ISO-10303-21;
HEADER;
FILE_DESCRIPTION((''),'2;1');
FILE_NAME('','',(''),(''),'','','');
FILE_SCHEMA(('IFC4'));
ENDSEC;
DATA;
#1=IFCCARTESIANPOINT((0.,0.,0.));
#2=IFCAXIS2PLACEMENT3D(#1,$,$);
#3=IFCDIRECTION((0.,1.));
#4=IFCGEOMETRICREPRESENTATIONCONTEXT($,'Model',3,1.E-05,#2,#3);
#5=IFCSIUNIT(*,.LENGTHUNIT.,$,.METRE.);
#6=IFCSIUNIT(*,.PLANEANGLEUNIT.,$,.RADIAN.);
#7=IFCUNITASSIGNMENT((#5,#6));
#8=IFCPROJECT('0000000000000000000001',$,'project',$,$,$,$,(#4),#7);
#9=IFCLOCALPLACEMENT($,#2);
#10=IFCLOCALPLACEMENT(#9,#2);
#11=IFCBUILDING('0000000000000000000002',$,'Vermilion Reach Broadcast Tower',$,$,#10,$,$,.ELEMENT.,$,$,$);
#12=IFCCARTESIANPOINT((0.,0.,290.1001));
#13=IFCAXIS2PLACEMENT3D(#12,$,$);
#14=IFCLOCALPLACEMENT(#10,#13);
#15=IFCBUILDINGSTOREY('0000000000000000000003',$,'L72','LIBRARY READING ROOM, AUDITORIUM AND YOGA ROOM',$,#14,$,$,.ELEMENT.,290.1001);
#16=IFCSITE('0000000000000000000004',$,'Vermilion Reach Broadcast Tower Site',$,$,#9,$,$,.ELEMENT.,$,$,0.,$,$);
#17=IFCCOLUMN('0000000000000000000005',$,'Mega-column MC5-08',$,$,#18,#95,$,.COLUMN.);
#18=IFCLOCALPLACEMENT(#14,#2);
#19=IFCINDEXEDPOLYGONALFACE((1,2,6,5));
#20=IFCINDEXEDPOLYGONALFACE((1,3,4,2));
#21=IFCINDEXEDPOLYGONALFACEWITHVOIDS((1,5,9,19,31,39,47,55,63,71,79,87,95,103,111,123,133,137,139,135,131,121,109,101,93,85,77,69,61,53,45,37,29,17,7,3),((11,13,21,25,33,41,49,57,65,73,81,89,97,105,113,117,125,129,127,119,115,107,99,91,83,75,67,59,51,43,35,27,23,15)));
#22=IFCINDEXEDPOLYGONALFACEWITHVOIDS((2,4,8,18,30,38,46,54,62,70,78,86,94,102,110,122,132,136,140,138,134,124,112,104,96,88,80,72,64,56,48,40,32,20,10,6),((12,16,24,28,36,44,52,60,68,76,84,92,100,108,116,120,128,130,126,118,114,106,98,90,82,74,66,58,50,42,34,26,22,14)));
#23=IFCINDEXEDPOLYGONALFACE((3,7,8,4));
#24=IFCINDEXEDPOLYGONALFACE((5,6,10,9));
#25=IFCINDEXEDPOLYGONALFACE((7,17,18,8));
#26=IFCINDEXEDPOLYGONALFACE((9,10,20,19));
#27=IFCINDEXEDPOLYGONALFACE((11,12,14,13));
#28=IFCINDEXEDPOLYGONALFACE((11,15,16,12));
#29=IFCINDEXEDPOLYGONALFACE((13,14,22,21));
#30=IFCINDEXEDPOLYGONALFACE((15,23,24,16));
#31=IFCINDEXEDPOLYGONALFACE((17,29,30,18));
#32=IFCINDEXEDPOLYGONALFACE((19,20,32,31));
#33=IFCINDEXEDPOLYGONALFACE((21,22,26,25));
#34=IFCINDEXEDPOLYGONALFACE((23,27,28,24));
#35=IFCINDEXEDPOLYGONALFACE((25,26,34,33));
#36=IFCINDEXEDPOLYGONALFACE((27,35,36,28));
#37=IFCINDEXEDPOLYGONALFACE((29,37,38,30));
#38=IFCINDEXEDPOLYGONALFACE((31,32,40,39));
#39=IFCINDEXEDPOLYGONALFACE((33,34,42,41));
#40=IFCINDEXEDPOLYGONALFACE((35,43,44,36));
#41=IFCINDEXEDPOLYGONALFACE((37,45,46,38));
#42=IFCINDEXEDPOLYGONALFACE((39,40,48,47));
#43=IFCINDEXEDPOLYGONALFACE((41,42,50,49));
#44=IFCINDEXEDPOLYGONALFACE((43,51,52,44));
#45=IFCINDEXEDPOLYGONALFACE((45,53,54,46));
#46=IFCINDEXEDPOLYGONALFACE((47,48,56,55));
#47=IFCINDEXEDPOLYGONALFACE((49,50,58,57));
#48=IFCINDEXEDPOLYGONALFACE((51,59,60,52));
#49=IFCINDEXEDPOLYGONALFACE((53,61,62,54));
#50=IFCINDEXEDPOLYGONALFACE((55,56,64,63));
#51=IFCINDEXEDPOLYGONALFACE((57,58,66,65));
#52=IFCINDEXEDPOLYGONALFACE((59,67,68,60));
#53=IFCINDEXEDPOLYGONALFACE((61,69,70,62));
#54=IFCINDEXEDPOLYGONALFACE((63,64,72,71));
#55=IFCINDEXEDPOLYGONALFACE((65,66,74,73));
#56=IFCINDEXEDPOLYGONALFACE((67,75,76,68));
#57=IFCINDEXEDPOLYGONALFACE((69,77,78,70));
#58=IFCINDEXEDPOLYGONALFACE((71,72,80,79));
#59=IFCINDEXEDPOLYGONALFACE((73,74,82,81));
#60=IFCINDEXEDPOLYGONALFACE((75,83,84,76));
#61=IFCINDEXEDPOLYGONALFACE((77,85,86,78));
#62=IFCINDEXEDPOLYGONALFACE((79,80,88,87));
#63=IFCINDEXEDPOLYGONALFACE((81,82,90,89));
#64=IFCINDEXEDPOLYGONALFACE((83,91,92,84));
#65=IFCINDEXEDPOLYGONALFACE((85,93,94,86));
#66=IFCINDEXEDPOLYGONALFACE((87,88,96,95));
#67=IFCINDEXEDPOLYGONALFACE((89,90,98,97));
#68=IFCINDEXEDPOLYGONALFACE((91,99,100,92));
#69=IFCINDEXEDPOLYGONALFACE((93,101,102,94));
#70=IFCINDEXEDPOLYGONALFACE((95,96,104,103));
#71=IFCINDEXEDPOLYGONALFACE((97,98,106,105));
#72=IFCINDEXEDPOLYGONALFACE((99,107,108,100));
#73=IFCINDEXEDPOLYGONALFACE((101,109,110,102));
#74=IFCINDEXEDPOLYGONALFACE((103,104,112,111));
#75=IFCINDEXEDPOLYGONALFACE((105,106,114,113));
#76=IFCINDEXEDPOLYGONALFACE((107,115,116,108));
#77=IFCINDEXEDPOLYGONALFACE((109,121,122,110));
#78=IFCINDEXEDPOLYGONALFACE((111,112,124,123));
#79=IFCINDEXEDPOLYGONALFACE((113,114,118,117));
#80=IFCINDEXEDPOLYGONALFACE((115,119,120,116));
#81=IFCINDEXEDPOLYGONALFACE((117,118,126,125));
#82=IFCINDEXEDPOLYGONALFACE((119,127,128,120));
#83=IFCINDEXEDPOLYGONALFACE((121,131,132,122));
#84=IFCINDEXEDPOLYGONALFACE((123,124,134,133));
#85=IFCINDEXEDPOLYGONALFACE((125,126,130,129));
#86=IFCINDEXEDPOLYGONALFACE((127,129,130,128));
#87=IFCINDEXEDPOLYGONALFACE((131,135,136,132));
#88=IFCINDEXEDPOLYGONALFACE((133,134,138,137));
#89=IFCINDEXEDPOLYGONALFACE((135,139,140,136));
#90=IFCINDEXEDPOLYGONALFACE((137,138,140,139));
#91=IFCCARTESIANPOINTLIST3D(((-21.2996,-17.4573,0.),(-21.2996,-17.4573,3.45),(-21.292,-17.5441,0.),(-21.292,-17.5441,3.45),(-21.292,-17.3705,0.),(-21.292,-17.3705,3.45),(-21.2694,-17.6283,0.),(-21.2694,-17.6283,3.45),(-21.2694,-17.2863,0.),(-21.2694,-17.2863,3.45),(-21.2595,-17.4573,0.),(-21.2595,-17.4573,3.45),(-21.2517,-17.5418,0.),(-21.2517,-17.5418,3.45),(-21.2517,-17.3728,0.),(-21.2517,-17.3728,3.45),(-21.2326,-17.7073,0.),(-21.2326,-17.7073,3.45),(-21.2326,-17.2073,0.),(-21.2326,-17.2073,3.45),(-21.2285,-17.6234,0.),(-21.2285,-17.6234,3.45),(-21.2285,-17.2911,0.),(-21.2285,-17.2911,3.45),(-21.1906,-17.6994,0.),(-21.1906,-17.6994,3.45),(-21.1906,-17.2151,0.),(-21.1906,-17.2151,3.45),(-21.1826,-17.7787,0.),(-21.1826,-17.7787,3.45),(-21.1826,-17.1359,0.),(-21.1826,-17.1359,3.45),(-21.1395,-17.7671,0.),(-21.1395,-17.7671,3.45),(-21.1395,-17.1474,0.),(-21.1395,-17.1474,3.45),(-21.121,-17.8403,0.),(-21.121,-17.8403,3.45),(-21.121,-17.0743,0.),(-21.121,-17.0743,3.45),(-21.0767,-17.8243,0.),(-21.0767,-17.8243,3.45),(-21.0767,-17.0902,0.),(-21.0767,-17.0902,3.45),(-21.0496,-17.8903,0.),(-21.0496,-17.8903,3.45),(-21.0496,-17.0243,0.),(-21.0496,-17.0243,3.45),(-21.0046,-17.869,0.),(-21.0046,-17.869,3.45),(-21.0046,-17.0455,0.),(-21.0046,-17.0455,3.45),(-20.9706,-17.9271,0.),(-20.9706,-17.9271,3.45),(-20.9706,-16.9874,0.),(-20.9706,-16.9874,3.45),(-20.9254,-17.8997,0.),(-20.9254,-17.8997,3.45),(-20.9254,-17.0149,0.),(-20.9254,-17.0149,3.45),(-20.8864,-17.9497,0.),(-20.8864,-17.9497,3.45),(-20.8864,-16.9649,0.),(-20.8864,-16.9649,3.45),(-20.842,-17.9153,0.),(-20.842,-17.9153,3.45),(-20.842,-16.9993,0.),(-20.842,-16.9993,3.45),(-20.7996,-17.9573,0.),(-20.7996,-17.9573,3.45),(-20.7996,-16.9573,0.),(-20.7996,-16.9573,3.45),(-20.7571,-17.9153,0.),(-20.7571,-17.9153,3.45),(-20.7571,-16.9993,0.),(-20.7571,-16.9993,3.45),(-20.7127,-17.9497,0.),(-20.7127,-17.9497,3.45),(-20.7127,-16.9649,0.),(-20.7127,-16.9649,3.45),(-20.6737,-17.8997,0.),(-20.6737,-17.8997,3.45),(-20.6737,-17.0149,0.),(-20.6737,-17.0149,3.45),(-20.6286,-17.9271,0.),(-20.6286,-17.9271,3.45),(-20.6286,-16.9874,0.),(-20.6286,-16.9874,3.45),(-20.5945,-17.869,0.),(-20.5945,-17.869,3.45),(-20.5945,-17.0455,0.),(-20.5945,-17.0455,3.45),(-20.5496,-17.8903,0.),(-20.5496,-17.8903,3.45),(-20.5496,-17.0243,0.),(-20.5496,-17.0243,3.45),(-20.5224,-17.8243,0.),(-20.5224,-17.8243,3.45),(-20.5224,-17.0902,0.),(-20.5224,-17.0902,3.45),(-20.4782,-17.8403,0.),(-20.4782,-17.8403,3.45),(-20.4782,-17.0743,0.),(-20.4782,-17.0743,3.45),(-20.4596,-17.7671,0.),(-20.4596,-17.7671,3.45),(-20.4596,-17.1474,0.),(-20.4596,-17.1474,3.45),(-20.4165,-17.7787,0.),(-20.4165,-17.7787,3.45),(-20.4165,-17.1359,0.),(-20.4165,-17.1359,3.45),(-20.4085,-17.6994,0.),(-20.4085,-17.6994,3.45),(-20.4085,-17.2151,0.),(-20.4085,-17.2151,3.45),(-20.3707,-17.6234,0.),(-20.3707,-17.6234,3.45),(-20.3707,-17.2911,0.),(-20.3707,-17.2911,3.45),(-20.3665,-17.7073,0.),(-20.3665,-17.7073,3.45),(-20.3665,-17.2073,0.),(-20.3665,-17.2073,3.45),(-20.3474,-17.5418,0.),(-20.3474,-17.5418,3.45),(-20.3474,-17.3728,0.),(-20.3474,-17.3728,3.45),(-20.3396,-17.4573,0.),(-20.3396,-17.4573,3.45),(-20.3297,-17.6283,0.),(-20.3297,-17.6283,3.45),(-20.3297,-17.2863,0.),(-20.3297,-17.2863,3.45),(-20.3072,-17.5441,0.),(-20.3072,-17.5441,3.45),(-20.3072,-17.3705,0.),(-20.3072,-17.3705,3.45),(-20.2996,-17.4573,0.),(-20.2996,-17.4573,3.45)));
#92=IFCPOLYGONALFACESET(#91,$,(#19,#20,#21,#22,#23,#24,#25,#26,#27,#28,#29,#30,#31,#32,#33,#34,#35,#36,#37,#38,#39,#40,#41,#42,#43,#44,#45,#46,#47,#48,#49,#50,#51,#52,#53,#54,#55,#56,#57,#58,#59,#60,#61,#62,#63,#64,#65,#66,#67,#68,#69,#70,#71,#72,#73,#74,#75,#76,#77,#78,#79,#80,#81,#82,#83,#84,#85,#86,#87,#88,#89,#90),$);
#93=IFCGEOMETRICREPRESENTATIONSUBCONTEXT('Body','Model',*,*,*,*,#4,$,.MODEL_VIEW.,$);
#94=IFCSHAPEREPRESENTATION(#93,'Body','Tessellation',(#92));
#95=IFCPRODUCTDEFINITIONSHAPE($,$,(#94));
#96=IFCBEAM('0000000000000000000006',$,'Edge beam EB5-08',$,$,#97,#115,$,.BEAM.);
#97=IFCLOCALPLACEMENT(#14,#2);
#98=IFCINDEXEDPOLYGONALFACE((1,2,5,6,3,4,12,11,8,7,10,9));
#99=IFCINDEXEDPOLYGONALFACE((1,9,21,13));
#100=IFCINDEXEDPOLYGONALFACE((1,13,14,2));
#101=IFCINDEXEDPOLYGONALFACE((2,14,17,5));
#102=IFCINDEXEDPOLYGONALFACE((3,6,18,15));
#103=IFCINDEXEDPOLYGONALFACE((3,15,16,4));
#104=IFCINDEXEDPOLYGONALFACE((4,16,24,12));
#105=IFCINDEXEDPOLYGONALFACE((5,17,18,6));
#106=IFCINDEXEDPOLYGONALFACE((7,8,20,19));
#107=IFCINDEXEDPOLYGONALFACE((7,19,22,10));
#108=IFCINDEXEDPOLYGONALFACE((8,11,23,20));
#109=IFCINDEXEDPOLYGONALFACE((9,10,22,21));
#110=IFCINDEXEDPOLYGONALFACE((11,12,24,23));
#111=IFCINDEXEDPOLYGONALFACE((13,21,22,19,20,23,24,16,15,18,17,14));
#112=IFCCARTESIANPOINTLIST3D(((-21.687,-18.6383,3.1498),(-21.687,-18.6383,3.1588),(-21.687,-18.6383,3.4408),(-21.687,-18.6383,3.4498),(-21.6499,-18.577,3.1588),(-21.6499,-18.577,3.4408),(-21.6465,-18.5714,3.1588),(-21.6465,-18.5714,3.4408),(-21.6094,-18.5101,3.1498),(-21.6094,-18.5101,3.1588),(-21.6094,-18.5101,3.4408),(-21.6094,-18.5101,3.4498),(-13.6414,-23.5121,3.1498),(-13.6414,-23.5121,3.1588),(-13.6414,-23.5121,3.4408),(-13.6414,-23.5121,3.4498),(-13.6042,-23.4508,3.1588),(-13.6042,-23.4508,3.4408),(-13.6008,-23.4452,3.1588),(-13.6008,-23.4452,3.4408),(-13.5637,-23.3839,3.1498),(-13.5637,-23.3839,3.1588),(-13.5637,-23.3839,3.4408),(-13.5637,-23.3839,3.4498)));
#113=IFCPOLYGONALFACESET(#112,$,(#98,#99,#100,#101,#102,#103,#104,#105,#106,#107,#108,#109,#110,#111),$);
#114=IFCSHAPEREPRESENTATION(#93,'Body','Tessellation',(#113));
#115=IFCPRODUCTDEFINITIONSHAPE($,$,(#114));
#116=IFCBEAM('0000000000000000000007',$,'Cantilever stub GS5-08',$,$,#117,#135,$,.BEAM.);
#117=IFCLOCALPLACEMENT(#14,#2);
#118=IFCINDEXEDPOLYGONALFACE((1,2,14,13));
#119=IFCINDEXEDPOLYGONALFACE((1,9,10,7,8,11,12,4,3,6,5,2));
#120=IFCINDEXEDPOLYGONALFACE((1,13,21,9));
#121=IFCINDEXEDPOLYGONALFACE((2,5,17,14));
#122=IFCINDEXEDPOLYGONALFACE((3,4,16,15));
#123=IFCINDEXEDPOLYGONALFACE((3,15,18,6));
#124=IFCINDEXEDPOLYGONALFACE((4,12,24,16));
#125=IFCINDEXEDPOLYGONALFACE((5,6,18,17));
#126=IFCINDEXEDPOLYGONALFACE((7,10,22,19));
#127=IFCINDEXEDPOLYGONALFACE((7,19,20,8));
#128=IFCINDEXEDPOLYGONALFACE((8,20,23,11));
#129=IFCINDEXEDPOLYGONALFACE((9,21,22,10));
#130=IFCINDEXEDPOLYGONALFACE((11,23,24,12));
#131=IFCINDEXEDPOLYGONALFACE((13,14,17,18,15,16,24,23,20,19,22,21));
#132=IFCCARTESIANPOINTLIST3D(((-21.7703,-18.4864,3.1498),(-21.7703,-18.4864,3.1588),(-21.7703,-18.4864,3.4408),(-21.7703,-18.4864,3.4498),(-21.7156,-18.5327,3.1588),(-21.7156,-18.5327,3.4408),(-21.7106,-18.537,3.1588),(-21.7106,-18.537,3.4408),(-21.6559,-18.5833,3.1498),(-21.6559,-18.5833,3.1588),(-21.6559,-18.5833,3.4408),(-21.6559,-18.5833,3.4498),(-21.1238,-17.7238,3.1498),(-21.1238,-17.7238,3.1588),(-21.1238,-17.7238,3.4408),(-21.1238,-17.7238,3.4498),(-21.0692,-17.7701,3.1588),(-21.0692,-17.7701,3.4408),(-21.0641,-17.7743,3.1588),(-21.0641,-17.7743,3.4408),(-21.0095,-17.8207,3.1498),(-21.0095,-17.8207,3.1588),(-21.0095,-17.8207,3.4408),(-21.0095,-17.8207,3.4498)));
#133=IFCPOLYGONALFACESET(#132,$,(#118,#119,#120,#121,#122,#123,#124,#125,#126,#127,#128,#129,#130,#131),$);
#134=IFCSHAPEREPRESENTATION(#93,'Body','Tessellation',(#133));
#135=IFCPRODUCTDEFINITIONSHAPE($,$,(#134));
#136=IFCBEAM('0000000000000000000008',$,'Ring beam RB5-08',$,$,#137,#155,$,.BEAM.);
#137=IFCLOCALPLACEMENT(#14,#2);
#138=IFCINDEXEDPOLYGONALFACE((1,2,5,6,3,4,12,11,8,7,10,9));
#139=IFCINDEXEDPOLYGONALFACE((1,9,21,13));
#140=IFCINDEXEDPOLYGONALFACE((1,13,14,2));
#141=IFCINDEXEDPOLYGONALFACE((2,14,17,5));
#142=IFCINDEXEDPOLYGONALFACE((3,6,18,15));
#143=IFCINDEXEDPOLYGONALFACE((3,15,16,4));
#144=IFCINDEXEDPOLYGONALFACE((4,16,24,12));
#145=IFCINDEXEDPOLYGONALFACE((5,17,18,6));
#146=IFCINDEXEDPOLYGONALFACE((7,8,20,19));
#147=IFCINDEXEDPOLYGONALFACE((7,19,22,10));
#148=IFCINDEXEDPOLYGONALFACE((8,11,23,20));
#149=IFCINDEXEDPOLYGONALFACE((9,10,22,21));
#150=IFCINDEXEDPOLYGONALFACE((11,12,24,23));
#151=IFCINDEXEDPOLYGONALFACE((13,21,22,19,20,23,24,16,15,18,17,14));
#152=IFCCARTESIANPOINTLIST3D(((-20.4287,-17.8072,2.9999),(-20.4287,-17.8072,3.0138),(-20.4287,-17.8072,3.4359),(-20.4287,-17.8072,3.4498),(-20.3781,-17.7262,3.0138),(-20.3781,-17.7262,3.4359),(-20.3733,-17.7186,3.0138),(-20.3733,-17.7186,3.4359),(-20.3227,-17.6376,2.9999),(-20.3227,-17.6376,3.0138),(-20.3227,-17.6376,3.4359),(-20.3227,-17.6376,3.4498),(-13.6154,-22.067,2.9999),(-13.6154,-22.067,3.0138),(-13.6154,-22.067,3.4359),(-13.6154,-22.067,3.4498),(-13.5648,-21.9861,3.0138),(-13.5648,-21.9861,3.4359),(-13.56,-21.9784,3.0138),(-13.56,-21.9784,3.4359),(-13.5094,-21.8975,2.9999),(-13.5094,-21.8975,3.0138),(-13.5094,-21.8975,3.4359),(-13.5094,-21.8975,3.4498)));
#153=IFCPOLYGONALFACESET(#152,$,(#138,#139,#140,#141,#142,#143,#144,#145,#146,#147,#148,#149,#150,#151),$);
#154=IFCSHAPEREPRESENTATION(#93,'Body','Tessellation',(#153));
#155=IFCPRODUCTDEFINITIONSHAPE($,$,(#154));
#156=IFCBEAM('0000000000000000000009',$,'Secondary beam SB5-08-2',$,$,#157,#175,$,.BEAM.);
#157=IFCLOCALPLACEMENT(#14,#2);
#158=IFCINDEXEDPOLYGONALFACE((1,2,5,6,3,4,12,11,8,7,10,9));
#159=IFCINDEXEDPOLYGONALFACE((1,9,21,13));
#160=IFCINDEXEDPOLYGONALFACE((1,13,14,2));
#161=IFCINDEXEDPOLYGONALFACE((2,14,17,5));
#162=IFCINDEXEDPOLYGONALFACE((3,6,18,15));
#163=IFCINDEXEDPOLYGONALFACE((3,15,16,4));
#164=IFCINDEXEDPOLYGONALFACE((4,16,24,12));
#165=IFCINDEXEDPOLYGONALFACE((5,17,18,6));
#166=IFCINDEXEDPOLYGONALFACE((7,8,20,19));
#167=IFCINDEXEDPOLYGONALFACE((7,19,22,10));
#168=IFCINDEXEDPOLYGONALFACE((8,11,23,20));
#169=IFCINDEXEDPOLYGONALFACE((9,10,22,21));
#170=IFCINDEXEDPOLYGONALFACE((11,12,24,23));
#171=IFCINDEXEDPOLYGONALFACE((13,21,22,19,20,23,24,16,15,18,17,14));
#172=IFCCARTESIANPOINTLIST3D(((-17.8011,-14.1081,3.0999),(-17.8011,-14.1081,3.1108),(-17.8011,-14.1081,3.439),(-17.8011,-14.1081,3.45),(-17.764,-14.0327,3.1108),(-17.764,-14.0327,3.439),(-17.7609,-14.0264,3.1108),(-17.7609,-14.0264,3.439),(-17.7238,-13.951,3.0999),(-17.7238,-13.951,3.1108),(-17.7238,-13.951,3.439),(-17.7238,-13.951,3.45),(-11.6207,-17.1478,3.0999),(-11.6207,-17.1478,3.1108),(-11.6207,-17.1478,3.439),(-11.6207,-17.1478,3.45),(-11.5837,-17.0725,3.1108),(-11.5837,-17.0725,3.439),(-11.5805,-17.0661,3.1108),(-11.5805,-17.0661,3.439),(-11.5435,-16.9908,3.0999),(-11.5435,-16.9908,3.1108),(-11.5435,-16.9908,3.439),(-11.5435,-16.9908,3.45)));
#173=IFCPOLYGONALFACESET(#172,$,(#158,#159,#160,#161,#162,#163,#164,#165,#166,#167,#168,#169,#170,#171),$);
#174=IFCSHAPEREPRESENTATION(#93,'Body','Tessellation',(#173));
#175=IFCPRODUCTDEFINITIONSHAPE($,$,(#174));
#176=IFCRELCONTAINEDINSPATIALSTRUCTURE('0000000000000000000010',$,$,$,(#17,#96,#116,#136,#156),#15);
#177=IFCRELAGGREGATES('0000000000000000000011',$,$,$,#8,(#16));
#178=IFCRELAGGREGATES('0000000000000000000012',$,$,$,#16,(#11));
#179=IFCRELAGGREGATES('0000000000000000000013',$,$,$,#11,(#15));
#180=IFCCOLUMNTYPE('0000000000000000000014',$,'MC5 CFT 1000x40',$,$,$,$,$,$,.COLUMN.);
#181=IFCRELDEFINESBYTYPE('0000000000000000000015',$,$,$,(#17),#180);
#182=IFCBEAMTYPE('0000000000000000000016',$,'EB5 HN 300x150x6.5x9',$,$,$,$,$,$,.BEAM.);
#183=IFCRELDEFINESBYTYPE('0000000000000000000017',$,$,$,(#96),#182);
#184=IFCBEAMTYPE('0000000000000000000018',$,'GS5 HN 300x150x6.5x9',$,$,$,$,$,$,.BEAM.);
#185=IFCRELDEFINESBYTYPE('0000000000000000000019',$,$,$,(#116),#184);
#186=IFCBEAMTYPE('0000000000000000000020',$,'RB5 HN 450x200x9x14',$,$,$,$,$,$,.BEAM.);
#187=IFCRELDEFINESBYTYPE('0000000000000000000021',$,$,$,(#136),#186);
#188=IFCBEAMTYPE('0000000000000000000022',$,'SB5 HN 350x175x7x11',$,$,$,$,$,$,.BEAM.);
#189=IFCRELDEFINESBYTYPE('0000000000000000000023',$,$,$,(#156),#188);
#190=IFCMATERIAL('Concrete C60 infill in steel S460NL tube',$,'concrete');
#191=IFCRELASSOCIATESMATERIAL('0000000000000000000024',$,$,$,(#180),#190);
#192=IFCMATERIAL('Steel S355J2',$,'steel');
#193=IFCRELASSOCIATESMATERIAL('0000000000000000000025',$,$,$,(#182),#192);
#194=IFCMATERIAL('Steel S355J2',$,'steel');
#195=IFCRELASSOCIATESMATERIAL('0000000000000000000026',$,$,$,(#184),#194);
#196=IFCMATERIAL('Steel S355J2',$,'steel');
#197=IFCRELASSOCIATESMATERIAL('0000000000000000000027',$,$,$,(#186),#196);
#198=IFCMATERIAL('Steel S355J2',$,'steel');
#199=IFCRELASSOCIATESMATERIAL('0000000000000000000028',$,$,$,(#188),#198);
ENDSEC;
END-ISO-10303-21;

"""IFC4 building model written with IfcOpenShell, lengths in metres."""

from ifc_helpers import new_model, si_unit, direction, frame, origin, origin_2d, place, context, subcontext, project, spatial, hollow_circle, i_section, extrude, material, material_profile, profile_set, type_object, element, save


model = new_model("IFC4")

# Units and contexts
model_context = context("Model", 3, precision=1e-05, world=origin(), true_north=direction((0.0, 1.0)))
body_context = subcontext(model_context, "Body", "Model", "MODEL_VIEW")
ifc_project = project(units=[si_unit("LENGTHUNIT", "METRE"), si_unit("PLANEANGLEUNIT", "RADIAN")], contexts=[model_context])

# Site, building, storey
site_placement = place(None, origin())
site = spatial("IfcSite", under=ifc_project, at=site_placement, Name="Vermilion Reach Broadcast Tower Site", CompositionType="ELEMENT", RefElevation=0.0)
building_placement = place(site_placement, origin())
building = spatial("IfcBuilding", under=site, at=building_placement, Name="Vermilion Reach Broadcast Tower", CompositionType="ELEMENT")
storey_placement = place(building_placement, frame((0.0, 0.0, 290.1001)))
storey = spatial("IfcBuildingStorey", under=building, at=storey_placement, Name="L72", Description="LIBRARY READING ROOM, AUDITORIUM AND YOGA ROOM", CompositionType="ELEMENT", Elevation=290.1001)

# Column
ifc_material_1 = material(Name="Concrete C60 infill in steel S460NL tube", Category="concrete")
ifc_material_profile_1 = material_profile(ifc_material_1, hollow_circle(Radius=0.5, WallThickness=0.04, at=origin_2d()), Name="Concrete C60 infill in steel S460NL tube CFT 1000x40")
ifc_profile_set_1 = profile_set([ifc_material_profile_1], Name="Concrete C60 infill in steel S460NL tube")
column_type = type_object("IfcColumnType", Name="MC5 CFT 1000x40", PredefinedType="COLUMN", material=ifc_profile_set_1)
column_placement = place(storey_placement, frame((-20.7996, -17.4573, 0.0), z_axis=(0.0, 0.0, 1.0), x_axis=(1.0, 0.0, 0.0)))
element("IfcColumn", 1, at=column_placement, inside=storey, type_object=column_type, Name="Mega-column MC5-08", PredefinedType="COLUMN", context=body_context, shape_type="SweptSolid", body=[
    extrude(hollow_circle(Radius=0.5, WallThickness=0.04, at=origin_2d()), origin(), (0.0, 0.0, 1.0), 3.45),
])

# Beams
ifc_material_2 = material(Name="Steel S355J2", Category="steel")
ifc_material_profile_2 = material_profile(ifc_material_2, i_section(OverallWidth=0.1499, OverallDepth=0.3, WebThickness=0.0066, FlangeThickness=0.009, at=origin_2d()), Name="S355J2 HN 300x150x6.5x9")
ifc_profile_set_2 = profile_set([ifc_material_profile_2], Name="Steel S355J2")
beam_type_1 = type_object("IfcBeamType", Name="EB5 HN 300x150x6.5x9", PredefinedType="BEAM", material=ifc_profile_set_2)
beam_1_placement = place(storey_placement, frame((-21.6482, -18.5742, 3.2998), z_axis=(0.85531, -0.518117, 0.0), x_axis=(0.518117, 0.85531, 0.0)))
element("IfcBeam", 2, at=beam_1_placement, inside=storey, type_object=beam_type_1, Name="Edge beam EB5-08", PredefinedType="BEAM", context=body_context, shape_type="SweptSolid", body=[
    extrude(i_section(OverallWidth=0.1499, OverallDepth=0.3, WebThickness=0.0066, FlangeThickness=0.009, at=origin_2d()), origin(), (0.0, 0.0, 1.0), 9.4067),
])
ifc_material_3 = material(Name="Steel S355J2", Category="steel")
ifc_material_profile_3 = material_profile(ifc_material_3, i_section(OverallWidth=0.1499, OverallDepth=0.3, WebThickness=0.0066, FlangeThickness=0.009, at=origin_2d()), Name="S355J2 HN 300x150x6.5x9")
ifc_profile_set_3 = profile_set([ifc_material_profile_3], Name="Steel S355J2")
beam_type_2 = type_object("IfcBeamType", Name="GS5 HN 300x150x6.5x9", PredefinedType="BEAM", material=ifc_profile_set_3)
beam_2_placement = place(storey_placement, frame((-21.0667, -17.7722, 3.2998), z_axis=(-0.646599, -0.76283, 0.0), x_axis=(0.76283, -0.646599, 0.0)))
element("IfcBeam", 3, at=beam_2_placement, inside=storey, type_object=beam_type_2, Name="Cantilever stub GS5-08", PredefinedType="BEAM", context=body_context, shape_type="SweptSolid", body=[
    extrude(i_section(OverallWidth=0.1499, OverallDepth=0.3, WebThickness=0.0066, FlangeThickness=0.009, at=origin_2d()), origin(), (0.0, 0.0, 1.0), 0.9998),
])
ifc_material_4 = material(Name="Steel S355J2", Category="steel")
ifc_material_profile_4 = material_profile(ifc_material_4, i_section(OverallWidth=0.2, OverallDepth=0.45, WebThickness=0.009, FlangeThickness=0.0139, at=origin_2d()), Name="S355J2 HN 450x200x9x14")
ifc_profile_set_4 = profile_set([ifc_material_profile_4], Name="Steel S355J2")
beam_type_3 = type_object("IfcBeamType", Name="RB5 HN 450x200x9x14", PredefinedType="BEAM", material=ifc_profile_set_4)
beam_3_placement = place(storey_placement, frame((-20.3757, -17.7224, 3.2249), z_axis=(0.847915, -0.530133, 0.0), x_axis=(0.530133, 0.847915, 0.0)))
element("IfcBeam", 4, at=beam_3_placement, inside=storey, type_object=beam_type_3, Name="Ring beam RB5-08", PredefinedType="BEAM", context=body_context, shape_type="SweptSolid", body=[
    extrude(i_section(OverallWidth=0.2, OverallDepth=0.45, WebThickness=0.009, FlangeThickness=0.0139, at=origin_2d()), origin(), (0.0, 0.0, 1.0), 8.0354),
])
ifc_material_5 = material(Name="Steel S355J2", Category="steel")
ifc_material_profile_5 = material_profile(ifc_material_5, i_section(OverallWidth=0.175, OverallDepth=0.3501, WebThickness=0.0071, FlangeThickness=0.011, at=origin_2d()), Name="S355J2 HN 350x175x7x11")
ifc_profile_set_5 = profile_set([ifc_material_profile_5], Name="Steel S355J2")
beam_type_4 = type_object("IfcBeamType", Name="SB5 HN 350x175x7x11", PredefinedType="BEAM", material=ifc_profile_set_5)
beam_4_placement = place(storey_placement, frame((-17.7625, -14.0295, 3.2749), z_axis=(0.897336, -0.441348, 0.0), x_axis=(0.441348, 0.897336, 0.0)))
element("IfcBeam", 5, at=beam_4_placement, inside=storey, type_object=beam_type_4, Name="Secondary beam SB5-08-2", PredefinedType="BEAM", context=body_context, shape_type="SweptSolid", body=[
    extrude(i_section(OverallWidth=0.175, OverallDepth=0.3501, WebThickness=0.0071, FlangeThickness=0.011, at=origin_2d()), origin(), (0.0, 0.0, 1.0), 6.8875),
])

save(model, "model.ifc")
